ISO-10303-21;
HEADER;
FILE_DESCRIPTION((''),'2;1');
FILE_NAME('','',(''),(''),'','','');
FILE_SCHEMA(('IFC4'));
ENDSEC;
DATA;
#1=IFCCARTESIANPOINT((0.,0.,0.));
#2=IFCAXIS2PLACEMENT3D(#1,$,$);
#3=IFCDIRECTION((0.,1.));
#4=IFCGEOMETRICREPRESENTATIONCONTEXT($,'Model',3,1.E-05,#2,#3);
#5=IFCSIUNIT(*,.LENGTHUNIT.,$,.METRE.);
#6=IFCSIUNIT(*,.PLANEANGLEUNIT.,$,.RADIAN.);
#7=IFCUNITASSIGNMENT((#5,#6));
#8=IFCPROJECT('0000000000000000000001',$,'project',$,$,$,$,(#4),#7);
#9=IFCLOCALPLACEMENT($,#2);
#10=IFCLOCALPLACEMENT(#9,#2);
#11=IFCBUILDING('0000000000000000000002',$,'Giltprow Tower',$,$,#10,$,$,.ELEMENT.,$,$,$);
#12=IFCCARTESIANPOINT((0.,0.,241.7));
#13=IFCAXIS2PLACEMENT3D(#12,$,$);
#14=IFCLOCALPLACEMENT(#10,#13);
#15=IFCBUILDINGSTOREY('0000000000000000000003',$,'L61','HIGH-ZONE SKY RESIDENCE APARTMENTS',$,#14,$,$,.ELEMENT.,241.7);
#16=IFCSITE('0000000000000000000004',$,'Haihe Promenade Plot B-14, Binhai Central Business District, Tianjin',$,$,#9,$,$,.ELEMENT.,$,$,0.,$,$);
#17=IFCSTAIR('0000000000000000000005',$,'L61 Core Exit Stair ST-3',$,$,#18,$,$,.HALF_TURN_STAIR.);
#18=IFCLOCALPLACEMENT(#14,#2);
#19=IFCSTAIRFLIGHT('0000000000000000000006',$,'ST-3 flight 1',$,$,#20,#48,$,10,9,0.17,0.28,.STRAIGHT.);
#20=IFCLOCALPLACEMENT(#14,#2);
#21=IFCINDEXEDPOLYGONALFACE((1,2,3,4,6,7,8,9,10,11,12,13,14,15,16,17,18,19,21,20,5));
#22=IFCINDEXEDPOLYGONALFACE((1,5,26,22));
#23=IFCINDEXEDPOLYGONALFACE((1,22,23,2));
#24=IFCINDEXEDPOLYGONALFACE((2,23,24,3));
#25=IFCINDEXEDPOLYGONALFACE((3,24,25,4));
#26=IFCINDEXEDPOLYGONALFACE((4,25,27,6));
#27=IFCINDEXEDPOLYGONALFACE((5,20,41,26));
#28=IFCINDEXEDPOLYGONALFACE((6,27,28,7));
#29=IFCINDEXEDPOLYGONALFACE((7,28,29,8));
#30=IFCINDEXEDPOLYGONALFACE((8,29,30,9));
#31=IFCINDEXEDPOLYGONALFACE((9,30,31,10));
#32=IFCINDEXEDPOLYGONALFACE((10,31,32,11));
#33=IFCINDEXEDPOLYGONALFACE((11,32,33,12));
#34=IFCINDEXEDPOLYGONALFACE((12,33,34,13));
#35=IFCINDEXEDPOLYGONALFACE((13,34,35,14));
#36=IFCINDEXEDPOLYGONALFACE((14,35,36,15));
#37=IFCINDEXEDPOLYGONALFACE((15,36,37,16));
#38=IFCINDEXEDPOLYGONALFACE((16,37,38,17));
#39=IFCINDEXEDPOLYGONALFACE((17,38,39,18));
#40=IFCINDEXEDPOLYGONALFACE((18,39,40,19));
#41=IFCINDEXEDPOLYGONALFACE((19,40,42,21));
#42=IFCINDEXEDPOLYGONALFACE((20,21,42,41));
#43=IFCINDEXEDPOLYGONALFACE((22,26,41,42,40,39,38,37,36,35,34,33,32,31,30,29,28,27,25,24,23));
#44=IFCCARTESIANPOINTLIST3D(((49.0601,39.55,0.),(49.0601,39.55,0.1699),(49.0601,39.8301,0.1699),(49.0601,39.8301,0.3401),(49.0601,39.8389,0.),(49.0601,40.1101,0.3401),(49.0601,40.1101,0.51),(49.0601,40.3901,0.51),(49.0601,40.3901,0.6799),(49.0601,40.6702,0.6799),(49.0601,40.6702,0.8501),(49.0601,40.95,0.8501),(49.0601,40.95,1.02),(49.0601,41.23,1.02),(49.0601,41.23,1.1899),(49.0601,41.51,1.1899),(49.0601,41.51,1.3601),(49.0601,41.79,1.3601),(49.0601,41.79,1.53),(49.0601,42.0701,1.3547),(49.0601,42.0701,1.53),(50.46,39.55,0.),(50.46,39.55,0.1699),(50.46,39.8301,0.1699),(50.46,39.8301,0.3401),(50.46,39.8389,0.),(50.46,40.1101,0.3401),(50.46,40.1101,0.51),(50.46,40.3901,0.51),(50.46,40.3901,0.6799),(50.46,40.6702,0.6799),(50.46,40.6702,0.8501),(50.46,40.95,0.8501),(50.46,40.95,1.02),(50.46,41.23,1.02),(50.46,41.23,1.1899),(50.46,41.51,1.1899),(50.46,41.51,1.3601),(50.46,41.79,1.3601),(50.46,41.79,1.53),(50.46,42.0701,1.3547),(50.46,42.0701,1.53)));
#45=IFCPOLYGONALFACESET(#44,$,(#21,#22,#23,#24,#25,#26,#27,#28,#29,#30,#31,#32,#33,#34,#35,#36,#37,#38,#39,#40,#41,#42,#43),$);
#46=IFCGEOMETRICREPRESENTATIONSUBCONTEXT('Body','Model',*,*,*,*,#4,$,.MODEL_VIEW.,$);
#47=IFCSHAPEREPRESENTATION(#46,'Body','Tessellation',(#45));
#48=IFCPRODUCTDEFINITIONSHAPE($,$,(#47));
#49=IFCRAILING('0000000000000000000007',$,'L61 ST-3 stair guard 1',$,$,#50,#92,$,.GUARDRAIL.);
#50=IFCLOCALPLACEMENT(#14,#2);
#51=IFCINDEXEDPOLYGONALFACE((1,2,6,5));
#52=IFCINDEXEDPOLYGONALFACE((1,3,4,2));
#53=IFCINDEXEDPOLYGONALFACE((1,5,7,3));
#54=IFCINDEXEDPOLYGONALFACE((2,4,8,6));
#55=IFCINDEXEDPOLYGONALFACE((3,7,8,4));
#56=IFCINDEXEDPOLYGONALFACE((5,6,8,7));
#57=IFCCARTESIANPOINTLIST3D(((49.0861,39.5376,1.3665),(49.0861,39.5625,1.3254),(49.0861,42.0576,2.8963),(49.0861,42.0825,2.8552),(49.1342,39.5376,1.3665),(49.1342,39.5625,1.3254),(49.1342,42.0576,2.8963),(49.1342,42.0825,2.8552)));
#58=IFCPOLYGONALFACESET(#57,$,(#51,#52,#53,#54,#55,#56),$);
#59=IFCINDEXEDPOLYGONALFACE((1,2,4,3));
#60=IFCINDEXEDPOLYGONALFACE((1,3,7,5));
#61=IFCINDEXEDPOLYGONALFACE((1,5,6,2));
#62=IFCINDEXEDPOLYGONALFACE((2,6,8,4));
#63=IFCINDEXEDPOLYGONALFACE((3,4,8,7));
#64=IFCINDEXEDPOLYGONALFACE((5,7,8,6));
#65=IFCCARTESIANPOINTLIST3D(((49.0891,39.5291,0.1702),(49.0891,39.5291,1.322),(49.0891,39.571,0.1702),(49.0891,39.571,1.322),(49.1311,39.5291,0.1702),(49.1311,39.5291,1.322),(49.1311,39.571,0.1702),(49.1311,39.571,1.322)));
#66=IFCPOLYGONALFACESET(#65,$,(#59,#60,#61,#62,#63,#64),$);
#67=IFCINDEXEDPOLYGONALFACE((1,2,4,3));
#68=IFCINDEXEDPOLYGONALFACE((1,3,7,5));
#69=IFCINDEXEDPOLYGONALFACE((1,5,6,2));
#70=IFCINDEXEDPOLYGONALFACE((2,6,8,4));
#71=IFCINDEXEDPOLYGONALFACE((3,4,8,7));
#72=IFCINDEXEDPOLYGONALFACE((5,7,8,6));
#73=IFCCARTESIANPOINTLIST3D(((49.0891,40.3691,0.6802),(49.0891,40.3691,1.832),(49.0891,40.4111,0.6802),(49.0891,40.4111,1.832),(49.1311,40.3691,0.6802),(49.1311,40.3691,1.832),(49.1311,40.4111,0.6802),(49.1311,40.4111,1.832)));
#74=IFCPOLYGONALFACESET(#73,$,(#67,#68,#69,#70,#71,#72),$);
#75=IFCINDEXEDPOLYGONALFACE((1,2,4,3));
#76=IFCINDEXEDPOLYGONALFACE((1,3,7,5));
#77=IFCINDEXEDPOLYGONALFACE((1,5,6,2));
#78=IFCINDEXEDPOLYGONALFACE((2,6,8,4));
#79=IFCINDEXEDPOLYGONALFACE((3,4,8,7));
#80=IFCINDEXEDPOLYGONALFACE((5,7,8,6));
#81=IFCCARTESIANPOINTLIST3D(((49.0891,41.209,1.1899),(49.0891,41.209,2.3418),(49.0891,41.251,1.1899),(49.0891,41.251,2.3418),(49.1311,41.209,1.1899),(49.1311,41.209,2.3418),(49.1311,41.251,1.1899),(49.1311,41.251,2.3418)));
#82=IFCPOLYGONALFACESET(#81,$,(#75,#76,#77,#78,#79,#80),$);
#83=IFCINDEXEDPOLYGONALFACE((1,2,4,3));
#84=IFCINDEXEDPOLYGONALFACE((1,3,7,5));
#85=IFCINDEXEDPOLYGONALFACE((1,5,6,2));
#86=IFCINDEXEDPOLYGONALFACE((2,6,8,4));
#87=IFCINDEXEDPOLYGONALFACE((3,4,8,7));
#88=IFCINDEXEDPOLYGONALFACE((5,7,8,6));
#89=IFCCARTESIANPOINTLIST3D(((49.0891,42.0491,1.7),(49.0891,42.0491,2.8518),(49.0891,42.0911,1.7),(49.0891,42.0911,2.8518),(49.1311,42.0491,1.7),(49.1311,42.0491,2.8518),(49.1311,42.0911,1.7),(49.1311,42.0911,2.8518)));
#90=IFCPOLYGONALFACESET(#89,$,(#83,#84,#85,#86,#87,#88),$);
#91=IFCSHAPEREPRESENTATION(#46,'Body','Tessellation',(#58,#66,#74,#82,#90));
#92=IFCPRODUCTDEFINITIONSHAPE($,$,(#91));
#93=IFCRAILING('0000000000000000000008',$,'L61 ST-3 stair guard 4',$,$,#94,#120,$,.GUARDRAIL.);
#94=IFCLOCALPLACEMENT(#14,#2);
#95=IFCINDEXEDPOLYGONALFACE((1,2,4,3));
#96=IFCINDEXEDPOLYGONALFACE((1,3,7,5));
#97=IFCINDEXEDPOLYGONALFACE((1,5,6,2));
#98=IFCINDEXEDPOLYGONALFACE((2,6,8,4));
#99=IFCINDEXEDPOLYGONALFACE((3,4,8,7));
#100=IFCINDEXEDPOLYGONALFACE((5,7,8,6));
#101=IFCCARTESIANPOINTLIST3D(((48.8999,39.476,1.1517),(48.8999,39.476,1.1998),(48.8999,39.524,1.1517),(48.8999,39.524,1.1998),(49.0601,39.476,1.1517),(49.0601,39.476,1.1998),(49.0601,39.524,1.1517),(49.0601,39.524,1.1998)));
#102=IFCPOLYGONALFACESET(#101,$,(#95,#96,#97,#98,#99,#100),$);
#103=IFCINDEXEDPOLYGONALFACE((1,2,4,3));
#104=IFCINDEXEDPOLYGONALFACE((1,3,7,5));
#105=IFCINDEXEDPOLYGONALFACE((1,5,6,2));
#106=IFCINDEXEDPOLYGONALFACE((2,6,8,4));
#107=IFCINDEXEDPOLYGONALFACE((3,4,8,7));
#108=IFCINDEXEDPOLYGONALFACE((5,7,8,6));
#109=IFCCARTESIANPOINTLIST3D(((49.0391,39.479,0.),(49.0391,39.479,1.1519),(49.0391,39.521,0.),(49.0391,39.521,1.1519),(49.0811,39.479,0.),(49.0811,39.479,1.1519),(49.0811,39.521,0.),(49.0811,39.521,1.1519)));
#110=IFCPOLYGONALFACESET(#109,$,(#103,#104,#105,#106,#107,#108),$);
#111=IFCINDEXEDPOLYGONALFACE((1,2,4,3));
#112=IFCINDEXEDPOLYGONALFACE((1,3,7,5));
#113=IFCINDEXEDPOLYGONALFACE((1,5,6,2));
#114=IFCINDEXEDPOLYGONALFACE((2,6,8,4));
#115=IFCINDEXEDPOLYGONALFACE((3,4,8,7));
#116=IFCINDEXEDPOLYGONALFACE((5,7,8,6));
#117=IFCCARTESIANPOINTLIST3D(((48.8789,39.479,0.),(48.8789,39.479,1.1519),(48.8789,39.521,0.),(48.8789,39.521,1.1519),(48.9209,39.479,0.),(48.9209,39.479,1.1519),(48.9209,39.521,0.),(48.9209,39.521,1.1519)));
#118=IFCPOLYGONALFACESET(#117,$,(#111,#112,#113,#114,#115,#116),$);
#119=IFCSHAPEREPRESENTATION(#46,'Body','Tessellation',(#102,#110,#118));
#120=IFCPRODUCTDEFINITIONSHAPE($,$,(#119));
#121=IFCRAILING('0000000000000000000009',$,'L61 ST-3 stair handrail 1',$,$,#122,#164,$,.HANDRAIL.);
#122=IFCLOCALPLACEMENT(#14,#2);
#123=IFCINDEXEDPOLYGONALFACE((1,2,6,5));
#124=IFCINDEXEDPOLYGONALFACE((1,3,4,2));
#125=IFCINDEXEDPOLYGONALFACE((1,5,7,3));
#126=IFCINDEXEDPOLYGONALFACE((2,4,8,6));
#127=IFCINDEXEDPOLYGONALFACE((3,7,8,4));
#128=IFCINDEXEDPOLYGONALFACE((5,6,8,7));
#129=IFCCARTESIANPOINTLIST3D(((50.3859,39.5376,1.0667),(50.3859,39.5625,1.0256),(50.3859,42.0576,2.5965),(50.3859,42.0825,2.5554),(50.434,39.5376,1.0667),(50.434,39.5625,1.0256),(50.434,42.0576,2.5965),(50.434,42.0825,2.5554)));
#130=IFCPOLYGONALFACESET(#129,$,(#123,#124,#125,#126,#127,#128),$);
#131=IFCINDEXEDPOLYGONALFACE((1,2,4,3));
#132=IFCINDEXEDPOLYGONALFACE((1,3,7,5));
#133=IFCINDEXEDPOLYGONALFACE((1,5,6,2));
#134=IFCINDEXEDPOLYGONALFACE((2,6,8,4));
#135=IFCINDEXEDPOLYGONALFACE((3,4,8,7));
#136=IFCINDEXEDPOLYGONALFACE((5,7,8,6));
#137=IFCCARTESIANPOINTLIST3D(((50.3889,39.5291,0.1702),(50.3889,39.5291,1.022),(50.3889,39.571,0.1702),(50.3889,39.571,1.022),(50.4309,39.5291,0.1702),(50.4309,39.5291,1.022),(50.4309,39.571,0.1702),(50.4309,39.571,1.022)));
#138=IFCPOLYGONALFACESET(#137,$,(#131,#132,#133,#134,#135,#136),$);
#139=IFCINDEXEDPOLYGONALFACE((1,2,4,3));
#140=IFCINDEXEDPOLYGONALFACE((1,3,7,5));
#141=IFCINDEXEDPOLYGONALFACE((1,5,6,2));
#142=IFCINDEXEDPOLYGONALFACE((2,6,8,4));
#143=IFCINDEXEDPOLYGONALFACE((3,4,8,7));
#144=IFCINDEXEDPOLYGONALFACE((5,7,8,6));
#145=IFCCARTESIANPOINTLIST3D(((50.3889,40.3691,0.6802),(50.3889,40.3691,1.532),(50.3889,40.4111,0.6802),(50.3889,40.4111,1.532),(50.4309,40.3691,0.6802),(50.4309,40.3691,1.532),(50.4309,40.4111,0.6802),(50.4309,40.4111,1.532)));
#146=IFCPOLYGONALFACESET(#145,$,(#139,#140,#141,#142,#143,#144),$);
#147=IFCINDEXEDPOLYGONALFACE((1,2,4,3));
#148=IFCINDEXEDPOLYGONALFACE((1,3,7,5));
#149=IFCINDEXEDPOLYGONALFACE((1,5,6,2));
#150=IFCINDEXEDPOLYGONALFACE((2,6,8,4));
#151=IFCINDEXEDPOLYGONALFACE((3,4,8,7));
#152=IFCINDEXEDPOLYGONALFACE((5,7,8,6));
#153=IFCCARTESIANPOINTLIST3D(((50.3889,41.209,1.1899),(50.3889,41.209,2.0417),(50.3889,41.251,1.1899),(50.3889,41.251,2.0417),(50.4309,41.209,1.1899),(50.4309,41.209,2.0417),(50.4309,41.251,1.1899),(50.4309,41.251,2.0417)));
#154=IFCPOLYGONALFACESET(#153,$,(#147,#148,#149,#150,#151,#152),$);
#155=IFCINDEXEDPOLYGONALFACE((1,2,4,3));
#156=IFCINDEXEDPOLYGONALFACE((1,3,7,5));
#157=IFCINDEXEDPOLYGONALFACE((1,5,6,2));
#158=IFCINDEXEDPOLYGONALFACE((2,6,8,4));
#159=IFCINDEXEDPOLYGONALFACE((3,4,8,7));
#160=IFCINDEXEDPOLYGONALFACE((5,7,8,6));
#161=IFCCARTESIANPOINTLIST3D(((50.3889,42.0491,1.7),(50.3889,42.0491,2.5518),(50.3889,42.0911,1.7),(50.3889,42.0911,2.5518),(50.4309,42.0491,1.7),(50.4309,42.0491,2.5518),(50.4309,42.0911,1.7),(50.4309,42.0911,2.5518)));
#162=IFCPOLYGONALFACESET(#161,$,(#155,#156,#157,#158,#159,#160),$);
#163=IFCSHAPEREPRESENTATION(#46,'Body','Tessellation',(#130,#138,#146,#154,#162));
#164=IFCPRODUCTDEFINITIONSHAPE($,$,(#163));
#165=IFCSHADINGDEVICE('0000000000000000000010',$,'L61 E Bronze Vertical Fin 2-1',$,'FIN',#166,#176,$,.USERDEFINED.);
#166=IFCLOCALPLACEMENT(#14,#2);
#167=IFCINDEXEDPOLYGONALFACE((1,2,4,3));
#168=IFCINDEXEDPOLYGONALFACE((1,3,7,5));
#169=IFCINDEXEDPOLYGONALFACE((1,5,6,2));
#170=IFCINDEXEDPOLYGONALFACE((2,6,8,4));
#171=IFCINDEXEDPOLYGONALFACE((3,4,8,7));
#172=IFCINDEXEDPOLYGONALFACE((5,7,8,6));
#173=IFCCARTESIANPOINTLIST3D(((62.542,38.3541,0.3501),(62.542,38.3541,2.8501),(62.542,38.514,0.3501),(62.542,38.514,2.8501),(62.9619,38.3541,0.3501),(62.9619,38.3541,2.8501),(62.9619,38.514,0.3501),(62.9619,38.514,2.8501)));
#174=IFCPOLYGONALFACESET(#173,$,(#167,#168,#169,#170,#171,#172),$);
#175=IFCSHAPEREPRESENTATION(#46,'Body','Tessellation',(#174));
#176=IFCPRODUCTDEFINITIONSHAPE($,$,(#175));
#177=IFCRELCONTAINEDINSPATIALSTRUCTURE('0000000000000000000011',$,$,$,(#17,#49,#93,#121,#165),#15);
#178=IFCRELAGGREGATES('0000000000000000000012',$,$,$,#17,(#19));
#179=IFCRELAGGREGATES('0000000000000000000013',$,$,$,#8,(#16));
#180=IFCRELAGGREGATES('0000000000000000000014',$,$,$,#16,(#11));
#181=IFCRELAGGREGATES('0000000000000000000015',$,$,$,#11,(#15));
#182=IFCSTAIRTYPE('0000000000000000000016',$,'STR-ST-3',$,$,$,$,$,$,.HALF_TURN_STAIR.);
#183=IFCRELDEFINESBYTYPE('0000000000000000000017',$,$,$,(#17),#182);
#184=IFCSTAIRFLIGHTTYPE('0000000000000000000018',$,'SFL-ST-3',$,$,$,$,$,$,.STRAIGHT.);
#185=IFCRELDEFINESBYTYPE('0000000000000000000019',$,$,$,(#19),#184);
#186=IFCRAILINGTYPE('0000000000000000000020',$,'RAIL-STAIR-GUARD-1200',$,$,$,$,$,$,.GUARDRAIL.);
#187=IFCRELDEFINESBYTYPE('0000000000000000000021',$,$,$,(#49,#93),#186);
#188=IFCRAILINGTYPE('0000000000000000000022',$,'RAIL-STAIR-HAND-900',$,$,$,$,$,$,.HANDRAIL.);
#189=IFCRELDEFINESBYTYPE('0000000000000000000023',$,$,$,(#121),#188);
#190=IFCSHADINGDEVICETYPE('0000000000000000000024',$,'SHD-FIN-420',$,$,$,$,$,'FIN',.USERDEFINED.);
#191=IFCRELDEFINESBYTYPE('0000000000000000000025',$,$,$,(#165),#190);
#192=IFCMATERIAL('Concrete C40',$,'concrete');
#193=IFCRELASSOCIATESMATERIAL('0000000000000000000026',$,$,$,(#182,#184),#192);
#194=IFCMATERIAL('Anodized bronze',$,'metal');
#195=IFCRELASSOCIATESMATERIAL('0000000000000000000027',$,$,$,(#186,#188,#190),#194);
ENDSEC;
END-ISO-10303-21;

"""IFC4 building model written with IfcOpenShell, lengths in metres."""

from ifc_helpers import new_model, si_unit, direction, frame, origin, origin_2d, place, context, subcontext, project, spatial, polyline, rectangle, outline, extrude, source, transform, mapped, material, type_object, element, aggregate, save


model = new_model("IFC4")

# Units and contexts
model_context = context("Model", 3, precision=1e-05, world=origin(), true_north=direction((0.0, 1.0)))
body_context = subcontext(model_context, "Body", "Model", "MODEL_VIEW")
ifc_project = project(units=[si_unit("LENGTHUNIT", "METRE"), si_unit("PLANEANGLEUNIT", "RADIAN")], contexts=[model_context])

# Site, building, storey
site_placement = place(None, origin())
site = spatial("IfcSite", under=ifc_project, at=site_placement, Name="Haihe Promenade Plot B-14, Binhai Central Business District, Tianjin", CompositionType="ELEMENT", RefElevation=0.0)
building_placement = place(site_placement, origin())
building = spatial("IfcBuilding", under=site, at=building_placement, Name="Giltprow Tower", CompositionType="ELEMENT")
storey_placement = place(building_placement, frame((0.0, 0.0, 241.7)))
storey = spatial("IfcBuildingStorey", under=building, at=storey_placement, Name="L61", Description="HIGH-ZONE SKY RESIDENCE APARTMENTS", CompositionType="ELEMENT", Elevation=241.7)

# Shared definitions
ifc_material_1 = material(Name="Concrete C40", Category="concrete")

# Stair, stair flight
stair_type = type_object("IfcStairType", Name="STR-ST-3", PredefinedType="HALF_TURN_STAIR", material=ifc_material_1)
stair_placement = place(storey_placement, origin())
stair = element("IfcStair", 1, at=stair_placement, inside=storey, type_object=stair_type, Name="L61 Core Exit Stair ST-3", PredefinedType="HALF_TURN_STAIR")
stair_flight_type = type_object("IfcStairFlightType", Name="SFL-ST-3", PredefinedType="STRAIGHT", material=ifc_material_1)
stair_flight_placement = place(storey_placement, frame((49.76, 39.55, 0.0), z_axis=(0.0, 0.0, 1.0), x_axis=(0.0, 1.0, 0.0)))
stair_flight = element("IfcStairFlight", 2, at=stair_flight_placement, type_object=stair_flight_type, Name="ST-3 flight 1", NumberOfRisers=10, NumberOfTreads=9, PredefinedType="STRAIGHT", RiserHeight=0.17, TreadLength=0.28, context=body_context, shape_type="SweptSolid", body=[
    extrude(outline(polyline([(0.0, 0.0), (0.0, 0.1699), (0.28, 0.1699), (0.28, 0.3401), (0.5601, 0.3401), (0.5601, 0.51), (0.8401, 0.51), (0.8401, 0.6799), (1.1201, 0.6799), (1.1201, 0.8501), (1.3999, 0.8501), (1.3999, 1.02), (1.6799, 1.02), (1.6799, 1.1899), (1.96, 1.1899), (1.96, 1.3601), (2.24, 1.3601), (2.24, 1.53), (2.52, 1.53), (2.52, 1.7), (2.52, 1.3547), (0.2888, 0.0), (0.0, 0.0)])), frame((0.0, 0.7, 0.0), z_axis=(0.0, -1.0, 0.0), x_axis=(1.0, 0.0, 0.0)), (0.0, 0.0, 1.0), 1.3999),
])
aggregate(stair, [stair_flight])

# Railings
ifc_material_2 = material(Name="Anodized bronze", Category="metal")
railing_type_1 = type_object("IfcRailingType", Name="RAIL-STAIR-GUARD-1200", PredefinedType="GUARDRAIL", material=ifc_material_2)
railing_1_placement = place(storey_placement, frame((49.1101, 39.55, 0.1702)))
element("IfcRailing", 3, at=railing_1_placement, inside=storey, type_object=railing_type_1, Name="L61 ST-3 stair guard 1", PredefinedType="GUARDRAIL", context=body_context, shape_type="SweptSolid", body=[
    extrude(rectangle(XDim=0.0481, YDim=0.0481, at=origin_2d()), frame((0.0, 0.0, 1.1758), z_axis=(0.0, 0.854822, 0.518922), x_axis=(-1.0, 0.0, 0.0)), (0.0, 0.0, 1.0), 2.948),
    extrude(rectangle(XDim=0.042, YDim=0.042, at=origin_2d()), origin(), (0.0, 0.0, 1.0), 1.1519),
    extrude(rectangle(XDim=0.042, YDim=0.042, at=origin_2d()), frame((0.0, 0.8401, 0.51)), (0.0, 0.0, 1.0), 1.1519),
    extrude(rectangle(XDim=0.042, YDim=0.042, at=origin_2d()), frame((0.0, 1.6799, 1.0198)), (0.0, 0.0, 1.0), 1.1519),
    extrude(rectangle(XDim=0.042, YDim=0.042, at=origin_2d()), frame((0.0, 2.52, 1.5298)), (0.0, 0.0, 1.0), 1.1519),
])
railing_2_placement = place(storey_placement, frame((49.0601, 39.5, 0.0)))
element("IfcRailing", 4, at=railing_2_placement, inside=storey, type_object=railing_type_1, Name="L61 ST-3 stair guard 4", PredefinedType="GUARDRAIL", context=body_context, shape_type="SweptSolid", body=[
    extrude(rectangle(XDim=0.0481, YDim=0.0481, at=origin_2d()), frame((0.0, 0.0, 1.1758), z_axis=(-1.0, 0.0, 0.0), x_axis=(0.0, -1.0, 0.0)), (0.0, 0.0, 1.0), 0.1602),
    extrude(rectangle(XDim=0.042, YDim=0.042, at=origin_2d()), origin(), (0.0, 0.0, 1.0), 1.1519),
    extrude(rectangle(XDim=0.042, YDim=0.042, at=origin_2d()), frame((-0.1602, 0.0, 0.0)), (0.0, 0.0, 1.0), 1.1519),
])
railing_type_2 = type_object("IfcRailingType", Name="RAIL-STAIR-HAND-900", PredefinedType="HANDRAIL", material=ifc_material_2)
railing_3_placement = place(storey_placement, frame((50.4099, 39.55, 0.1702)))
element("IfcRailing", 5, at=railing_3_placement, inside=storey, type_object=railing_type_2, Name="L61 ST-3 stair handrail 1", PredefinedType="HANDRAIL", context=body_context, shape_type="SweptSolid", body=[
    extrude(rectangle(XDim=0.0481, YDim=0.0481, at=origin_2d()), frame((0.0, 0.0, 0.876), z_axis=(0.0, 0.854822, 0.518922), x_axis=(-1.0, 0.0, 0.0)), (0.0, 0.0, 1.0), 2.948),
    extrude(rectangle(XDim=0.042, YDim=0.042, at=origin_2d()), origin(), (0.0, 0.0, 1.0), 0.8518),
    extrude(rectangle(XDim=0.042, YDim=0.042, at=origin_2d()), frame((0.0, 0.8401, 0.51)), (0.0, 0.0, 1.0), 0.8518),
    extrude(rectangle(XDim=0.042, YDim=0.042, at=origin_2d()), frame((0.0, 1.6799, 1.0198)), (0.0, 0.0, 1.0), 0.8518),
    extrude(rectangle(XDim=0.042, YDim=0.042, at=origin_2d()), frame((0.0, 2.52, 1.5298)), (0.0, 0.0, 1.0), 0.8518),
])

# Shading device
shading_device_type = type_object("IfcShadingDeviceType", Name="SHD-FIN-420", ElementType="FIN", PredefinedType="USERDEFINED", material=ifc_material_2)
shared_shape_1 = source(origin(), body_context, "Body", "SweptSolid", [
    extrude(rectangle(XDim=0.4199, YDim=0.1599, at=origin_2d()), origin(), (0.0, 0.0, 1.0), 2.5),
])
shading_device_placement = place(storey_placement, frame((62.752, 38.4341, 0.3501), z_axis=(0.0, 0.0, 1.0), x_axis=(1.0, 0.0, 0.0)))
element("IfcShadingDevice", 6, at=shading_device_placement, inside=storey, type_object=shading_device_type, Name="L61 E Bronze Vertical Fin 2-1", ObjectType="FIN", PredefinedType="USERDEFINED", context=body_context, shape_type="MappedRepresentation", body=[
    mapped(shared_shape_1, transform((0.0, 0.0, 0.0), x_axis=(1.0, 0.0, 0.0), y_axis=(0.0, 1.0, 0.0), z_axis=(0.0, 0.0, 1.0), scale=1.0)),
])

save(model, "model.ifc")
